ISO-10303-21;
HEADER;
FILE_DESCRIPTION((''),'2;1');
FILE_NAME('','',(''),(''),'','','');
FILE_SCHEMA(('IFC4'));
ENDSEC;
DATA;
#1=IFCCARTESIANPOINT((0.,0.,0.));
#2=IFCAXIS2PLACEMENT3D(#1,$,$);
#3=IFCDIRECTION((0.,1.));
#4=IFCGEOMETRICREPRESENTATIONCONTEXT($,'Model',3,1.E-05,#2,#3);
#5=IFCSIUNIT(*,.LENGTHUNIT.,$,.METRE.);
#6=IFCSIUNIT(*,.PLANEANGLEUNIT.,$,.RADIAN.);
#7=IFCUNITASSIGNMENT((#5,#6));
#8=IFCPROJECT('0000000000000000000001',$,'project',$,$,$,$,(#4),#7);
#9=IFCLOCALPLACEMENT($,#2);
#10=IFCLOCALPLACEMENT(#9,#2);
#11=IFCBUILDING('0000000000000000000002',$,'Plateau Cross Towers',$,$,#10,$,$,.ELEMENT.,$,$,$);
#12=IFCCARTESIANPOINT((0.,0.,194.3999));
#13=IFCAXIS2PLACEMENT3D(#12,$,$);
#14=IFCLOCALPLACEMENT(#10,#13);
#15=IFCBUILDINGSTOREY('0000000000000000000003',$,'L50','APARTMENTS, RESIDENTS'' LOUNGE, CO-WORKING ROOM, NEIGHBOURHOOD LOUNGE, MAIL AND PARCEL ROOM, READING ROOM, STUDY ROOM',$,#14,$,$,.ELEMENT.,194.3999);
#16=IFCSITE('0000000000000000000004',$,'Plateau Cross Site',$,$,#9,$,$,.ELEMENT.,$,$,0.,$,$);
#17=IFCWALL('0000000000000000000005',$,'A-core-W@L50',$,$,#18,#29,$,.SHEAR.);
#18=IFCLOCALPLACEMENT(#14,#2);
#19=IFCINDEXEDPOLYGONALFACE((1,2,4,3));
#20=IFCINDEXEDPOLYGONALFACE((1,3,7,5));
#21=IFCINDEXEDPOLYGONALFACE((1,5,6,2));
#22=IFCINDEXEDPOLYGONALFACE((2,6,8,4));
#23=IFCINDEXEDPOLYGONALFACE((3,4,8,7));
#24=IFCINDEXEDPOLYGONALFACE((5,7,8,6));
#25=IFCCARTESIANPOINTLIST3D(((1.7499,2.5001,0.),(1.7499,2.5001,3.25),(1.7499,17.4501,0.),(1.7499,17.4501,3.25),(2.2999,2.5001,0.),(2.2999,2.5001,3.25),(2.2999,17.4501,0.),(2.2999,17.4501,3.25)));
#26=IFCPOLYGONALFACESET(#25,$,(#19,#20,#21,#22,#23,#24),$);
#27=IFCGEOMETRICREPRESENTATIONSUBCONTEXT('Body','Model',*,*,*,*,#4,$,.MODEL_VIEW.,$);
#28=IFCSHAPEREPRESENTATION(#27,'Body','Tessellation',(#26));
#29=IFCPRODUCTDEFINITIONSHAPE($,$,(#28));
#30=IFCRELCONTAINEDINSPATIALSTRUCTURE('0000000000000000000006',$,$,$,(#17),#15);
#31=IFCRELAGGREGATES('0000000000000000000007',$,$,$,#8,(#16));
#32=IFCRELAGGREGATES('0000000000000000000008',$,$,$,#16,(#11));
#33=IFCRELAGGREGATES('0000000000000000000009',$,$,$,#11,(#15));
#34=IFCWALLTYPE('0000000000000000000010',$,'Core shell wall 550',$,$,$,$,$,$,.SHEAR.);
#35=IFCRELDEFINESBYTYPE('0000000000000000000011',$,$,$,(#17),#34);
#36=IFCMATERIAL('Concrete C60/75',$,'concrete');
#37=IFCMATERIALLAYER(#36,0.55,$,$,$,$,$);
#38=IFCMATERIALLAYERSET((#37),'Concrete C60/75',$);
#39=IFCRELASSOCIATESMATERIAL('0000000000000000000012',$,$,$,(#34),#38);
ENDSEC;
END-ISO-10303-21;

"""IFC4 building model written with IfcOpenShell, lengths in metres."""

from ifc_helpers import new_model, si_unit, direction, frame, frame_2d, origin, place, context, subcontext, project, spatial, rectangle, extrude, material, layer, layer_set, type_object, element, save


model = new_model("IFC4")

# Units and contexts
model_context = context("Model", 3, precision=1e-05, world=origin(), true_north=direction((0.0, 1.0)))
body_context = subcontext(model_context, "Body", "Model", "MODEL_VIEW")
ifc_project = project(units=[si_unit("LENGTHUNIT", "METRE"), si_unit("PLANEANGLEUNIT", "RADIAN")], contexts=[model_context])

# Site, building, storey
site_placement = place(None, origin())
site = spatial("IfcSite", under=ifc_project, at=site_placement, Name="Plateau Cross Site", CompositionType="ELEMENT", RefElevation=0.0)
building_placement = place(site_placement, origin())
building = spatial("IfcBuilding", under=site, at=building_placement, Name="Plateau Cross Towers", CompositionType="ELEMENT")
storey_placement = place(building_placement, frame((0.0, 0.0, 194.3999)))
storey = spatial("IfcBuildingStorey", under=building, at=storey_placement, Name="L50", Description="APARTMENTS, RESIDENTS' LOUNGE, CO-WORKING ROOM, NEIGHBOURHOOD LOUNGE, MAIL AND PARCEL ROOM, READING ROOM, STUDY ROOM", CompositionType="ELEMENT", Elevation=194.3999)

# Shared definitions
ifc_material_1 = material(Name="Concrete C60/75", Category="concrete")

# Wall
ifc_layer_1 = layer(ifc_material_1, 0.55)
ifc_layer_set_1 = layer_set([ifc_layer_1], Name="Concrete C60/75")
wall_type_1 = type_object("IfcWallType", Name="Core shell wall 550", PredefinedType="SHEAR", material=ifc_layer_set_1)
wall_1_placement = place(storey_placement, frame((2.0249, 2.5, 0.0), z_axis=(0.0, 0.0, 1.0), x_axis=(0.0, 1.0, 0.0)))
element("IfcWall", 1, at=wall_1_placement, inside=storey, type_object=wall_type_1, Name="A-core-W@L50", PredefinedType="SHEAR", context=body_context, shape_type="SweptSolid", body=[
    extrude(rectangle(XDim=14.95, YDim=0.55, at=frame_2d((7.4751, 0.0))), origin(), (0.0, 0.0, 1.0), 3.25),
])

save(model, "model.ifc")
